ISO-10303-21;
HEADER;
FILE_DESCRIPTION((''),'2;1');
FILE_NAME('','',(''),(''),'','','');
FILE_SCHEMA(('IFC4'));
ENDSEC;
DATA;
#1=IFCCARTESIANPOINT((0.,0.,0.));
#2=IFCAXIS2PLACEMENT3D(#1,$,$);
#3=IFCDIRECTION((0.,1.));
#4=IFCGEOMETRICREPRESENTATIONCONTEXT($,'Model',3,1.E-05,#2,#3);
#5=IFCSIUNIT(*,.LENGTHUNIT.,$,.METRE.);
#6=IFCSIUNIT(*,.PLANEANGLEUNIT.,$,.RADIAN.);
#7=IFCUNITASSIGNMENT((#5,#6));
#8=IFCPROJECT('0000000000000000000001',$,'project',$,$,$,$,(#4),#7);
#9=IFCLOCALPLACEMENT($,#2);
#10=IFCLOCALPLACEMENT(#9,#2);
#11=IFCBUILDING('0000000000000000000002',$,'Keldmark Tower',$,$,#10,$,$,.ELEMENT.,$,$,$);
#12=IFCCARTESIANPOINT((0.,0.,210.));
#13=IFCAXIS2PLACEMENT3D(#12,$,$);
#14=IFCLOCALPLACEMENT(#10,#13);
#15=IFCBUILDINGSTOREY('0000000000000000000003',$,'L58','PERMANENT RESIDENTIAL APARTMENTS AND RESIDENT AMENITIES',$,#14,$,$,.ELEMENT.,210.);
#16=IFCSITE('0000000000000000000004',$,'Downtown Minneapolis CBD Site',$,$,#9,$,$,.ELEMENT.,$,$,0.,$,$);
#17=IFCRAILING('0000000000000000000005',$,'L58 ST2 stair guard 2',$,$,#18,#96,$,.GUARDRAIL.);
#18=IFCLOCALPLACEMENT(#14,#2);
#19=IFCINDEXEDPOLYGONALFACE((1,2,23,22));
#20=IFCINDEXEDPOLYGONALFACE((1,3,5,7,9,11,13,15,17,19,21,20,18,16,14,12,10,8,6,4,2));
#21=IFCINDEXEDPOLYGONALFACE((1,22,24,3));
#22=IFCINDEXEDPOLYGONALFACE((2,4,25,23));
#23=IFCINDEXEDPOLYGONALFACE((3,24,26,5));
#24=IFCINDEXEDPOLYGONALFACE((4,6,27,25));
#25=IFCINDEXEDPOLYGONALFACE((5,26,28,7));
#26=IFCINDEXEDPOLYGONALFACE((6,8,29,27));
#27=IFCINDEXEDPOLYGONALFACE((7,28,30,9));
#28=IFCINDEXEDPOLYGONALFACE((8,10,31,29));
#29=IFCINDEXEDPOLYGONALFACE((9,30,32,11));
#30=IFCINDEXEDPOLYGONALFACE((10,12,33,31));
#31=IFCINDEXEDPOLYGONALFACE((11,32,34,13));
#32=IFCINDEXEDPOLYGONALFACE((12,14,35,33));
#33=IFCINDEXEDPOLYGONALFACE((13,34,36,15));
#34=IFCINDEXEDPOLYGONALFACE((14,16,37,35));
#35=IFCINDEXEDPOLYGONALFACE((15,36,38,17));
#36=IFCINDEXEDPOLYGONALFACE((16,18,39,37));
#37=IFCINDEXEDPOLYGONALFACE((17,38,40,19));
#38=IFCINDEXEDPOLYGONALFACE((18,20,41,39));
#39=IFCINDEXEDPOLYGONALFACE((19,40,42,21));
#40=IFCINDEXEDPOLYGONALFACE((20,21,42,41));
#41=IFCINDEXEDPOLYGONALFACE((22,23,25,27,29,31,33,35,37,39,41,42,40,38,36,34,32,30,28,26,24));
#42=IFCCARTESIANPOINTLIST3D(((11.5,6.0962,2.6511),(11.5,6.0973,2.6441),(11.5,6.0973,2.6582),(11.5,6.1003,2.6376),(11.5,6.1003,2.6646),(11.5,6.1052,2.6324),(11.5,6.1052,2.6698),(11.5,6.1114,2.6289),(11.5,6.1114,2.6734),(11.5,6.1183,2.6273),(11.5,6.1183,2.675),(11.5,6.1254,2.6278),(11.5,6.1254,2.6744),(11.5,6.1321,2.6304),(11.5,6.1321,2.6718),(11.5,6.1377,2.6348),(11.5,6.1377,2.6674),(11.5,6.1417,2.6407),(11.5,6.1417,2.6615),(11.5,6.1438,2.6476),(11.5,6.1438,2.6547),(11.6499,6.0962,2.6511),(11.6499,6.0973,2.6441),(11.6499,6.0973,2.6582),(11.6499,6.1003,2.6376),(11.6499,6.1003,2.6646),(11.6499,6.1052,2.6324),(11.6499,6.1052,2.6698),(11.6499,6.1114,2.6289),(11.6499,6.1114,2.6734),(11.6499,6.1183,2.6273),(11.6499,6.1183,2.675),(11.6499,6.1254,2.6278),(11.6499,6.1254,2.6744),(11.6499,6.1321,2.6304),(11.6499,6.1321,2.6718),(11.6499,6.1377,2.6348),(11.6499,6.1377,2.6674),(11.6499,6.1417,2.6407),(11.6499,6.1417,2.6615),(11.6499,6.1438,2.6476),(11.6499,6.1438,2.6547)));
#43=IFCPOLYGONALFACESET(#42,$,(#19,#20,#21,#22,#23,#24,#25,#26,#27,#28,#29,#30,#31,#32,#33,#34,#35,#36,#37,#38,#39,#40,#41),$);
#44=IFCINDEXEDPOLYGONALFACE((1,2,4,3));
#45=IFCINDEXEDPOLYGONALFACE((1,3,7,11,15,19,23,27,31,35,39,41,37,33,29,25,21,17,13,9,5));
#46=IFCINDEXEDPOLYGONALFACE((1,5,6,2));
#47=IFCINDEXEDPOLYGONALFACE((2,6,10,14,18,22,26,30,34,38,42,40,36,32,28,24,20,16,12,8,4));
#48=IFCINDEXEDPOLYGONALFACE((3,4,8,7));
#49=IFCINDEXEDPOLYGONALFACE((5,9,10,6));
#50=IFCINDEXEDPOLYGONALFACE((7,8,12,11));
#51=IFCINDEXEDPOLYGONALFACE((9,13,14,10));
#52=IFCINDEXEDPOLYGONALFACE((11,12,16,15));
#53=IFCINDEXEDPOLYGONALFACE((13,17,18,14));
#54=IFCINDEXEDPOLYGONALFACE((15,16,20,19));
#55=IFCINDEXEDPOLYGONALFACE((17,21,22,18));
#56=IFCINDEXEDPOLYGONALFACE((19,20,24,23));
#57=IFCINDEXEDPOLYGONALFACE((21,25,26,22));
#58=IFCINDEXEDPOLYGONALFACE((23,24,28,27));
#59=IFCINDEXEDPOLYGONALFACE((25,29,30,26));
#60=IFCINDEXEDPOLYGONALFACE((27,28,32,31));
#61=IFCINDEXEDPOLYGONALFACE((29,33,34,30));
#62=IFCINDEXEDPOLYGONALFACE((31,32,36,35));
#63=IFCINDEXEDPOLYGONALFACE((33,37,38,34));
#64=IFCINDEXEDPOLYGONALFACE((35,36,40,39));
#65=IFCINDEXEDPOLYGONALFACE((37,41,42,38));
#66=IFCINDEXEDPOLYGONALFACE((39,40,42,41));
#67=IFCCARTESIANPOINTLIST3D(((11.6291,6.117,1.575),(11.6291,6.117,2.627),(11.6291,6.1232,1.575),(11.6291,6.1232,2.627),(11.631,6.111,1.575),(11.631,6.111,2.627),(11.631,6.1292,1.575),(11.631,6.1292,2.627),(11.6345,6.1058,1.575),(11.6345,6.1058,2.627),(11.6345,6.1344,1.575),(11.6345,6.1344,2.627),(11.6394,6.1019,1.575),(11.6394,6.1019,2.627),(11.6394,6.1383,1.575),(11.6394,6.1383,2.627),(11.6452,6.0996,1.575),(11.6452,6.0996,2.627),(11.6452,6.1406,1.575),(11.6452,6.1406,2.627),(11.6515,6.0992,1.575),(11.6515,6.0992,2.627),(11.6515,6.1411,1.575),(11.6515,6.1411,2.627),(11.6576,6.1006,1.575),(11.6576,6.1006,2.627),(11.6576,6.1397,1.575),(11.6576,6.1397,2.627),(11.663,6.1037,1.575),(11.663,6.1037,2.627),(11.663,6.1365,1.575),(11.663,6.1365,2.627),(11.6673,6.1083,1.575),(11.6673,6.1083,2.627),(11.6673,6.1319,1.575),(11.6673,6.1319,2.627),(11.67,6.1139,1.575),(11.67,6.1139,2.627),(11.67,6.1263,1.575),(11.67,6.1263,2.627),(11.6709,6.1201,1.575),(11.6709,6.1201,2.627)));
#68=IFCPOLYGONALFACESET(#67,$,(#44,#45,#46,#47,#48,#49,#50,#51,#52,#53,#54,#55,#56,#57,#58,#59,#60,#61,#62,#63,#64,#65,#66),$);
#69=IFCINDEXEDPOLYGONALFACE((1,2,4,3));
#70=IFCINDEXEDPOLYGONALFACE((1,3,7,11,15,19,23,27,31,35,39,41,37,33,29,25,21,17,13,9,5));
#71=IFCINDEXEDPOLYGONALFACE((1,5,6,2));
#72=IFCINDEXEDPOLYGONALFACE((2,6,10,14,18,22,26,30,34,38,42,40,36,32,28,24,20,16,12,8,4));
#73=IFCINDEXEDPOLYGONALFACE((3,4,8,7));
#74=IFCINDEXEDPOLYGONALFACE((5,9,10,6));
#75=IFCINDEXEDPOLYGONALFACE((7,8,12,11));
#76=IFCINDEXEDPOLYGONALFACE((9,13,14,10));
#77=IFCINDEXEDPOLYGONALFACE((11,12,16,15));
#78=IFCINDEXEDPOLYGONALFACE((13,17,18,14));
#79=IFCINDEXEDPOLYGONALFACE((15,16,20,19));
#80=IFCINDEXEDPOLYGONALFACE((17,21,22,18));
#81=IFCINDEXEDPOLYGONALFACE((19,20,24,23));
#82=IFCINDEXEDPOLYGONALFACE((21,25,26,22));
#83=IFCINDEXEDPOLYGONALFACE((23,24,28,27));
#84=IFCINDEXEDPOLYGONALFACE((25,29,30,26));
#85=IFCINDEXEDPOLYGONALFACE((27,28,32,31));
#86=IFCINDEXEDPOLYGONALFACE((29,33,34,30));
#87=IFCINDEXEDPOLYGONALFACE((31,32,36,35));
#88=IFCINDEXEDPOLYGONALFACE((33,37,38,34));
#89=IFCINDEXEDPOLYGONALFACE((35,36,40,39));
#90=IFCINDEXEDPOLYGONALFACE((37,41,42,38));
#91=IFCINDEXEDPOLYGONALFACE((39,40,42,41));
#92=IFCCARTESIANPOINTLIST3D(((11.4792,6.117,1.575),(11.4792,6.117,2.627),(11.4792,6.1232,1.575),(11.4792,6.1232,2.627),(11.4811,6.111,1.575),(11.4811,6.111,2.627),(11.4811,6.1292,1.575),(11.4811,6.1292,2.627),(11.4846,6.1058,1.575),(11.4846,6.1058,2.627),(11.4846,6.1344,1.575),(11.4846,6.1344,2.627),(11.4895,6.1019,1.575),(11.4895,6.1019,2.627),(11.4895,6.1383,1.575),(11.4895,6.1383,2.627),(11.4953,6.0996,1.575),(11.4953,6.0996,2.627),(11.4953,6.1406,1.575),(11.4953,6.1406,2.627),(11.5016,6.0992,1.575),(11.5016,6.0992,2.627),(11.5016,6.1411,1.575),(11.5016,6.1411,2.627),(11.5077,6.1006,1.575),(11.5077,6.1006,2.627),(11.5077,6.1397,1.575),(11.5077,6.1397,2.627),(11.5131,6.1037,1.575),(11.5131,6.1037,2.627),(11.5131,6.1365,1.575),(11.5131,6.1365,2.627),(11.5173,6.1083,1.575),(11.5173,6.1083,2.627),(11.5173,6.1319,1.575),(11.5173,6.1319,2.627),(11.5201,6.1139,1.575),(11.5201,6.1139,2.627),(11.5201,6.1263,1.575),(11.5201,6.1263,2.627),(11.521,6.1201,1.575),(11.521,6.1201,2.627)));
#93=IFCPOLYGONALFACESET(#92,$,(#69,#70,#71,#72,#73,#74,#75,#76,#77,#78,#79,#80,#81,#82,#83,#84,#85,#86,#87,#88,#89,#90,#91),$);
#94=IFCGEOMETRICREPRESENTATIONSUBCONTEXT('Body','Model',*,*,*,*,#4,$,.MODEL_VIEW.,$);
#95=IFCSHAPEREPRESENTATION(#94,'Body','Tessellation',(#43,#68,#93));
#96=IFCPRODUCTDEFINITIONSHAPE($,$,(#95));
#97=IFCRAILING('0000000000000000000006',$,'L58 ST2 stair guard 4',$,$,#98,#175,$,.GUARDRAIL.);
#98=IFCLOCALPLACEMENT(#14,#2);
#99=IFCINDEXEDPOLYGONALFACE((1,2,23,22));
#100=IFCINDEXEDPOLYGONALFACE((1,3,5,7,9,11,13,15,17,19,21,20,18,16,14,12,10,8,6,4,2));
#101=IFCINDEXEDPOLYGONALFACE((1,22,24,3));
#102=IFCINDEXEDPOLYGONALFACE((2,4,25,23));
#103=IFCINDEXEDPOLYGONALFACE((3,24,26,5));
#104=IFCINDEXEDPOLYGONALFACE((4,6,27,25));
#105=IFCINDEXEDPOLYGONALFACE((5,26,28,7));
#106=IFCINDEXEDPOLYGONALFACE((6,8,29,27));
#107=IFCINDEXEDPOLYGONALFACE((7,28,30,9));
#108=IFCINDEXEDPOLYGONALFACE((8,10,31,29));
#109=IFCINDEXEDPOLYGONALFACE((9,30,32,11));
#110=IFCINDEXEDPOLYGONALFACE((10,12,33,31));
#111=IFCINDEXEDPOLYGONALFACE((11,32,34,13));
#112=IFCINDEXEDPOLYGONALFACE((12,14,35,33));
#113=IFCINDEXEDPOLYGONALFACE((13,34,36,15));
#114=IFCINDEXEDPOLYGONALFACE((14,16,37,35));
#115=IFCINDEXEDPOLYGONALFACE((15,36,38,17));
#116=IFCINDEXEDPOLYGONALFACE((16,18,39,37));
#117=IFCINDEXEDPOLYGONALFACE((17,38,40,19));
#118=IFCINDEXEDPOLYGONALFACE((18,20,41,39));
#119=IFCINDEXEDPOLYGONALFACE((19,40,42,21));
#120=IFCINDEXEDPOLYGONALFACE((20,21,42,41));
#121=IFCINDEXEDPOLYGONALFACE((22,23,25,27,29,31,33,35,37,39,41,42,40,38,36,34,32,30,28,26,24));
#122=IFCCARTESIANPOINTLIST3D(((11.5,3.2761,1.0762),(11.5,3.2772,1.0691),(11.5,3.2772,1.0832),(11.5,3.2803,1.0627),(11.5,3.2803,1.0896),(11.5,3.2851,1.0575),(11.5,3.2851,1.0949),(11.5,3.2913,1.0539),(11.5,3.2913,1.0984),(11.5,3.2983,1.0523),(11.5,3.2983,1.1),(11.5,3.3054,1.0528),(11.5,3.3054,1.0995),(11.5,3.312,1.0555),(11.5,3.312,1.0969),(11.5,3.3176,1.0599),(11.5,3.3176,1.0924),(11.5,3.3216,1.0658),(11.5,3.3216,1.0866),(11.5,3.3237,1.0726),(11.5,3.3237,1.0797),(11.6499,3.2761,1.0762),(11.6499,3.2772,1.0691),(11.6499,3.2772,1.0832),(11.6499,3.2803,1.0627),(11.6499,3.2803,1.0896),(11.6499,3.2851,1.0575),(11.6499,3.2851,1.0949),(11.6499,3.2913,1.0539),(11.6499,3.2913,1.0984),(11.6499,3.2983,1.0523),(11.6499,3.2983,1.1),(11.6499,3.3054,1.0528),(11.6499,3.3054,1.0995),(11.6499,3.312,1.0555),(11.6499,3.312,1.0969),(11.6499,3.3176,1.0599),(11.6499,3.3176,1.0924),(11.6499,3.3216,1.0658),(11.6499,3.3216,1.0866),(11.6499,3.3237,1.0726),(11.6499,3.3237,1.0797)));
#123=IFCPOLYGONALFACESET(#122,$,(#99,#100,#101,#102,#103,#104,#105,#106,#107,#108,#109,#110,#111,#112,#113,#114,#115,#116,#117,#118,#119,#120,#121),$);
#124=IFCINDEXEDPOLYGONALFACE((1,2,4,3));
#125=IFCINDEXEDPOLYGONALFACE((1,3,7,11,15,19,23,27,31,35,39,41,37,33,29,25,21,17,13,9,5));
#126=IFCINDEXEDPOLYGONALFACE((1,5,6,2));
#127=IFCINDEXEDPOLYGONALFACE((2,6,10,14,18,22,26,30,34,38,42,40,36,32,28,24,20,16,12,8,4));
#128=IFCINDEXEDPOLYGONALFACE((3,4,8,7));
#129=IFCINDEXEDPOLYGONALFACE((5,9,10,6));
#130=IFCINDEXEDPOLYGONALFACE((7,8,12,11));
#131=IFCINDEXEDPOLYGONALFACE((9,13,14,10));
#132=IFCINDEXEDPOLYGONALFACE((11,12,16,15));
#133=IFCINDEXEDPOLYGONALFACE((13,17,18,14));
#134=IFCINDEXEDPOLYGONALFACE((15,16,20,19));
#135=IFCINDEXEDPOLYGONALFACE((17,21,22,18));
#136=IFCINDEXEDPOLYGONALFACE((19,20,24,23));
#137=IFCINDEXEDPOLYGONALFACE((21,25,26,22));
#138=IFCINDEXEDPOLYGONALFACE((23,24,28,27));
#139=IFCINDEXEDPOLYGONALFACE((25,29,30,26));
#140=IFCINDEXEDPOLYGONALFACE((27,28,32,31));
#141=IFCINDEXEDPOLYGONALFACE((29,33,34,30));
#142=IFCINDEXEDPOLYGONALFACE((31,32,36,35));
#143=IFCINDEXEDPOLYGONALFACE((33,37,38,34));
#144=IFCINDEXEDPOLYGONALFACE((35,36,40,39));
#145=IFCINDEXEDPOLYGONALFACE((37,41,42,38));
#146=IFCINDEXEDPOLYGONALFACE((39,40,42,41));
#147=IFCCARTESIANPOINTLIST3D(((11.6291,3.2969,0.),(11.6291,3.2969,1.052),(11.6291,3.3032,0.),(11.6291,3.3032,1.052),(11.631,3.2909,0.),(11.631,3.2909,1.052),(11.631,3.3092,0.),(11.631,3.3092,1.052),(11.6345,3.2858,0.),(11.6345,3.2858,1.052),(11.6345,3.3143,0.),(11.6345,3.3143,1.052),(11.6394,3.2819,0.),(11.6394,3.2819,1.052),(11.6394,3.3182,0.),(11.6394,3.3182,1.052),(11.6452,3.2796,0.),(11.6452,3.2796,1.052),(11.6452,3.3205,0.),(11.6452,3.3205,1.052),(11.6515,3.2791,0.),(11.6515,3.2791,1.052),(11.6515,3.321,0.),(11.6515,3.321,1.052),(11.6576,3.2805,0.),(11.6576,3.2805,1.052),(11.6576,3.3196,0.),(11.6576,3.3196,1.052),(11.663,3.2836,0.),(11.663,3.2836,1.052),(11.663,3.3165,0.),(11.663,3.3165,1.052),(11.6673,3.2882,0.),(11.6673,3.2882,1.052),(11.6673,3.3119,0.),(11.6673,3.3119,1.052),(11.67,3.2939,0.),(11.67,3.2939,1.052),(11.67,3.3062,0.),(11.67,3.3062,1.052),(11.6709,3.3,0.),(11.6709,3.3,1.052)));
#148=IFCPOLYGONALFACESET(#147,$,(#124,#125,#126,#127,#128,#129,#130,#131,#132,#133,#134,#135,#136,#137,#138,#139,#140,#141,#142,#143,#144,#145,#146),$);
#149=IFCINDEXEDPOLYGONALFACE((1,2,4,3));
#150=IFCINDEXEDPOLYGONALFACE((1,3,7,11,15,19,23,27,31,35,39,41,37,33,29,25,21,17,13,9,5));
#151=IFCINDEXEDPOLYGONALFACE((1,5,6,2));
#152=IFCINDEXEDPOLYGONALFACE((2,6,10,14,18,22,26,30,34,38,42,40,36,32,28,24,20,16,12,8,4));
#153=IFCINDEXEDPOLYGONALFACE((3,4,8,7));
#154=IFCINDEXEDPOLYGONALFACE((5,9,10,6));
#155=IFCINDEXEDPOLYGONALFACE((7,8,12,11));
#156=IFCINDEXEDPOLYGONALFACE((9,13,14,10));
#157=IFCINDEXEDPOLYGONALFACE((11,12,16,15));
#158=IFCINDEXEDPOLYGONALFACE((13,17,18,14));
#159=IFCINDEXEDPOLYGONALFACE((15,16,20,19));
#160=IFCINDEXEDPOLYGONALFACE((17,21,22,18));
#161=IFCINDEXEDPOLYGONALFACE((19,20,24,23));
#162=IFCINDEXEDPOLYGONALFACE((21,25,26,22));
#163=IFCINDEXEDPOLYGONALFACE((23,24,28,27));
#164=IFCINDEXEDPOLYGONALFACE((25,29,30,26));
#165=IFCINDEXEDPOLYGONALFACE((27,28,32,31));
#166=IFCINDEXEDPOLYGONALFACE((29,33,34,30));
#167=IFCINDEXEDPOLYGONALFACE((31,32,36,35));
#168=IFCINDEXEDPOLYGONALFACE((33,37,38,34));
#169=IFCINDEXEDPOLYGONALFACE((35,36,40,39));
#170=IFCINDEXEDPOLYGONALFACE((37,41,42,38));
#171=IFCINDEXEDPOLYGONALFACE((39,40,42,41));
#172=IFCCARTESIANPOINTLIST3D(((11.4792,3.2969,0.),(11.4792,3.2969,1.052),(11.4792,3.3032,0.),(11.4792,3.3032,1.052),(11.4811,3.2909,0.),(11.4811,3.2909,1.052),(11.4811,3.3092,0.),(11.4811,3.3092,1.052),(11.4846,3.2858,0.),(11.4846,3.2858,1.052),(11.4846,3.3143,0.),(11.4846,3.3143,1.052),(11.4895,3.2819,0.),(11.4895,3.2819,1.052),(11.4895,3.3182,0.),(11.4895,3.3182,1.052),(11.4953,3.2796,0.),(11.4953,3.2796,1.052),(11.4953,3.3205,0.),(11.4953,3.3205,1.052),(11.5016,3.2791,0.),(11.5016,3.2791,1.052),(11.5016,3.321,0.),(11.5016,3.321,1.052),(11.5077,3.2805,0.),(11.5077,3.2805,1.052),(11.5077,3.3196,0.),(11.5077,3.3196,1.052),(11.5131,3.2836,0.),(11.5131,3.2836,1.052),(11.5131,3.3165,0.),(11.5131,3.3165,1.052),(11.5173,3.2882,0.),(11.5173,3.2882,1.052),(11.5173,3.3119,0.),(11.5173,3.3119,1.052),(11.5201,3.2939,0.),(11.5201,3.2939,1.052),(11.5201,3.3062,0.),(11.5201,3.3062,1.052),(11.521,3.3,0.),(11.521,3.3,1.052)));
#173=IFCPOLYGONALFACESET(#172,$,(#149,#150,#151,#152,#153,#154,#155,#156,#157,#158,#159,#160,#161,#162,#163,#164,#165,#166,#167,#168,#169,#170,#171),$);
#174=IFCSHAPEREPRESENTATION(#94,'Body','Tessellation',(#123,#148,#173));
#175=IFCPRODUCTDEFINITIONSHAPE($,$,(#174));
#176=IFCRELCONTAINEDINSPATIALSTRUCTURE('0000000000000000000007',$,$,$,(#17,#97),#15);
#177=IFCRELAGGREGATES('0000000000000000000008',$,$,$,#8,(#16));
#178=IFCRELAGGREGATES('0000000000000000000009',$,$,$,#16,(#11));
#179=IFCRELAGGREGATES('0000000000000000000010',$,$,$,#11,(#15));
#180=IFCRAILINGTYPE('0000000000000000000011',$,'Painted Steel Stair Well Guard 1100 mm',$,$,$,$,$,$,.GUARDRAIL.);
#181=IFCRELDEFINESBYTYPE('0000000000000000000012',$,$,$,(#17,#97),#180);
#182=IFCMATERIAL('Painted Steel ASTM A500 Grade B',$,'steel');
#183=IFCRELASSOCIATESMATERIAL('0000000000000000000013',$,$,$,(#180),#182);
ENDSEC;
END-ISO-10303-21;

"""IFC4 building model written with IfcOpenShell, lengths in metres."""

from ifc_helpers import new_model, si_unit, direction, frame, origin, origin_2d, place, context, subcontext, project, spatial, circle, extrude, material, type_object, element, save


model = new_model("IFC4")

# Units and contexts
model_context = context("Model", 3, precision=1e-05, world=origin(), true_north=direction((0.0, 1.0)))
body_context = subcontext(model_context, "Body", "Model", "MODEL_VIEW")
ifc_project = project(units=[si_unit("LENGTHUNIT", "METRE"), si_unit("PLANEANGLEUNIT", "RADIAN")], contexts=[model_context])

# Site, building, storey
site_placement = place(None, origin())
site = spatial("IfcSite", under=ifc_project, at=site_placement, Name="Downtown Minneapolis CBD Site", CompositionType="ELEMENT", RefElevation=0.0)
building_placement = place(site_placement, origin())
building = spatial("IfcBuilding", under=site, at=building_placement, Name="Keldmark Tower", CompositionType="ELEMENT")
storey_placement = place(building_placement, frame((0.0, 0.0, 210.0)))
storey = spatial("IfcBuildingStorey", under=building, at=storey_placement, Name="L58", Description="PERMANENT RESIDENTIAL APARTMENTS AND RESIDENT AMENITIES", CompositionType="ELEMENT", Elevation=210.0)

# Railings
ifc_material_1 = material(Name="Painted Steel ASTM A500 Grade B", Category="steel")
railing_type_1 = type_object("IfcRailingType", Name="Painted Steel Stair Well Guard 1100 mm", PredefinedType="GUARDRAIL", material=ifc_material_1)
for number, where, name in (
    (1, (11.6499, 6.1201, 1.575), "L58 ST2 stair guard 2"),
    (2, (11.6499, 3.3, 0.0), "L58 ST2 stair guard 4"),
):
    element("IfcRailing", number, at=place(storey_placement, frame(where)), inside=storey, type_object=railing_type_1, Name=name, PredefinedType="GUARDRAIL", context=body_context, shape_type="SweptSolid", body=[
        extrude(circle(Radius=0.0239, at=origin_2d()), frame((0.0, 0.0, 1.0762), z_axis=(-1.0, 0.0, 0.0), x_axis=(0.0, -1.0, 0.0)), (0.0, 0.0, 1.0), 0.1499),
        extrude(circle(Radius=0.021, at=origin_2d()), origin(), (0.0, 0.0, 1.0), 1.052),
        extrude(circle(Radius=0.021, at=origin_2d()), frame((-0.1499, 0.0, 0.0)), (0.0, 0.0, 1.0), 1.052),
    ])

save(model, "model.ifc")
